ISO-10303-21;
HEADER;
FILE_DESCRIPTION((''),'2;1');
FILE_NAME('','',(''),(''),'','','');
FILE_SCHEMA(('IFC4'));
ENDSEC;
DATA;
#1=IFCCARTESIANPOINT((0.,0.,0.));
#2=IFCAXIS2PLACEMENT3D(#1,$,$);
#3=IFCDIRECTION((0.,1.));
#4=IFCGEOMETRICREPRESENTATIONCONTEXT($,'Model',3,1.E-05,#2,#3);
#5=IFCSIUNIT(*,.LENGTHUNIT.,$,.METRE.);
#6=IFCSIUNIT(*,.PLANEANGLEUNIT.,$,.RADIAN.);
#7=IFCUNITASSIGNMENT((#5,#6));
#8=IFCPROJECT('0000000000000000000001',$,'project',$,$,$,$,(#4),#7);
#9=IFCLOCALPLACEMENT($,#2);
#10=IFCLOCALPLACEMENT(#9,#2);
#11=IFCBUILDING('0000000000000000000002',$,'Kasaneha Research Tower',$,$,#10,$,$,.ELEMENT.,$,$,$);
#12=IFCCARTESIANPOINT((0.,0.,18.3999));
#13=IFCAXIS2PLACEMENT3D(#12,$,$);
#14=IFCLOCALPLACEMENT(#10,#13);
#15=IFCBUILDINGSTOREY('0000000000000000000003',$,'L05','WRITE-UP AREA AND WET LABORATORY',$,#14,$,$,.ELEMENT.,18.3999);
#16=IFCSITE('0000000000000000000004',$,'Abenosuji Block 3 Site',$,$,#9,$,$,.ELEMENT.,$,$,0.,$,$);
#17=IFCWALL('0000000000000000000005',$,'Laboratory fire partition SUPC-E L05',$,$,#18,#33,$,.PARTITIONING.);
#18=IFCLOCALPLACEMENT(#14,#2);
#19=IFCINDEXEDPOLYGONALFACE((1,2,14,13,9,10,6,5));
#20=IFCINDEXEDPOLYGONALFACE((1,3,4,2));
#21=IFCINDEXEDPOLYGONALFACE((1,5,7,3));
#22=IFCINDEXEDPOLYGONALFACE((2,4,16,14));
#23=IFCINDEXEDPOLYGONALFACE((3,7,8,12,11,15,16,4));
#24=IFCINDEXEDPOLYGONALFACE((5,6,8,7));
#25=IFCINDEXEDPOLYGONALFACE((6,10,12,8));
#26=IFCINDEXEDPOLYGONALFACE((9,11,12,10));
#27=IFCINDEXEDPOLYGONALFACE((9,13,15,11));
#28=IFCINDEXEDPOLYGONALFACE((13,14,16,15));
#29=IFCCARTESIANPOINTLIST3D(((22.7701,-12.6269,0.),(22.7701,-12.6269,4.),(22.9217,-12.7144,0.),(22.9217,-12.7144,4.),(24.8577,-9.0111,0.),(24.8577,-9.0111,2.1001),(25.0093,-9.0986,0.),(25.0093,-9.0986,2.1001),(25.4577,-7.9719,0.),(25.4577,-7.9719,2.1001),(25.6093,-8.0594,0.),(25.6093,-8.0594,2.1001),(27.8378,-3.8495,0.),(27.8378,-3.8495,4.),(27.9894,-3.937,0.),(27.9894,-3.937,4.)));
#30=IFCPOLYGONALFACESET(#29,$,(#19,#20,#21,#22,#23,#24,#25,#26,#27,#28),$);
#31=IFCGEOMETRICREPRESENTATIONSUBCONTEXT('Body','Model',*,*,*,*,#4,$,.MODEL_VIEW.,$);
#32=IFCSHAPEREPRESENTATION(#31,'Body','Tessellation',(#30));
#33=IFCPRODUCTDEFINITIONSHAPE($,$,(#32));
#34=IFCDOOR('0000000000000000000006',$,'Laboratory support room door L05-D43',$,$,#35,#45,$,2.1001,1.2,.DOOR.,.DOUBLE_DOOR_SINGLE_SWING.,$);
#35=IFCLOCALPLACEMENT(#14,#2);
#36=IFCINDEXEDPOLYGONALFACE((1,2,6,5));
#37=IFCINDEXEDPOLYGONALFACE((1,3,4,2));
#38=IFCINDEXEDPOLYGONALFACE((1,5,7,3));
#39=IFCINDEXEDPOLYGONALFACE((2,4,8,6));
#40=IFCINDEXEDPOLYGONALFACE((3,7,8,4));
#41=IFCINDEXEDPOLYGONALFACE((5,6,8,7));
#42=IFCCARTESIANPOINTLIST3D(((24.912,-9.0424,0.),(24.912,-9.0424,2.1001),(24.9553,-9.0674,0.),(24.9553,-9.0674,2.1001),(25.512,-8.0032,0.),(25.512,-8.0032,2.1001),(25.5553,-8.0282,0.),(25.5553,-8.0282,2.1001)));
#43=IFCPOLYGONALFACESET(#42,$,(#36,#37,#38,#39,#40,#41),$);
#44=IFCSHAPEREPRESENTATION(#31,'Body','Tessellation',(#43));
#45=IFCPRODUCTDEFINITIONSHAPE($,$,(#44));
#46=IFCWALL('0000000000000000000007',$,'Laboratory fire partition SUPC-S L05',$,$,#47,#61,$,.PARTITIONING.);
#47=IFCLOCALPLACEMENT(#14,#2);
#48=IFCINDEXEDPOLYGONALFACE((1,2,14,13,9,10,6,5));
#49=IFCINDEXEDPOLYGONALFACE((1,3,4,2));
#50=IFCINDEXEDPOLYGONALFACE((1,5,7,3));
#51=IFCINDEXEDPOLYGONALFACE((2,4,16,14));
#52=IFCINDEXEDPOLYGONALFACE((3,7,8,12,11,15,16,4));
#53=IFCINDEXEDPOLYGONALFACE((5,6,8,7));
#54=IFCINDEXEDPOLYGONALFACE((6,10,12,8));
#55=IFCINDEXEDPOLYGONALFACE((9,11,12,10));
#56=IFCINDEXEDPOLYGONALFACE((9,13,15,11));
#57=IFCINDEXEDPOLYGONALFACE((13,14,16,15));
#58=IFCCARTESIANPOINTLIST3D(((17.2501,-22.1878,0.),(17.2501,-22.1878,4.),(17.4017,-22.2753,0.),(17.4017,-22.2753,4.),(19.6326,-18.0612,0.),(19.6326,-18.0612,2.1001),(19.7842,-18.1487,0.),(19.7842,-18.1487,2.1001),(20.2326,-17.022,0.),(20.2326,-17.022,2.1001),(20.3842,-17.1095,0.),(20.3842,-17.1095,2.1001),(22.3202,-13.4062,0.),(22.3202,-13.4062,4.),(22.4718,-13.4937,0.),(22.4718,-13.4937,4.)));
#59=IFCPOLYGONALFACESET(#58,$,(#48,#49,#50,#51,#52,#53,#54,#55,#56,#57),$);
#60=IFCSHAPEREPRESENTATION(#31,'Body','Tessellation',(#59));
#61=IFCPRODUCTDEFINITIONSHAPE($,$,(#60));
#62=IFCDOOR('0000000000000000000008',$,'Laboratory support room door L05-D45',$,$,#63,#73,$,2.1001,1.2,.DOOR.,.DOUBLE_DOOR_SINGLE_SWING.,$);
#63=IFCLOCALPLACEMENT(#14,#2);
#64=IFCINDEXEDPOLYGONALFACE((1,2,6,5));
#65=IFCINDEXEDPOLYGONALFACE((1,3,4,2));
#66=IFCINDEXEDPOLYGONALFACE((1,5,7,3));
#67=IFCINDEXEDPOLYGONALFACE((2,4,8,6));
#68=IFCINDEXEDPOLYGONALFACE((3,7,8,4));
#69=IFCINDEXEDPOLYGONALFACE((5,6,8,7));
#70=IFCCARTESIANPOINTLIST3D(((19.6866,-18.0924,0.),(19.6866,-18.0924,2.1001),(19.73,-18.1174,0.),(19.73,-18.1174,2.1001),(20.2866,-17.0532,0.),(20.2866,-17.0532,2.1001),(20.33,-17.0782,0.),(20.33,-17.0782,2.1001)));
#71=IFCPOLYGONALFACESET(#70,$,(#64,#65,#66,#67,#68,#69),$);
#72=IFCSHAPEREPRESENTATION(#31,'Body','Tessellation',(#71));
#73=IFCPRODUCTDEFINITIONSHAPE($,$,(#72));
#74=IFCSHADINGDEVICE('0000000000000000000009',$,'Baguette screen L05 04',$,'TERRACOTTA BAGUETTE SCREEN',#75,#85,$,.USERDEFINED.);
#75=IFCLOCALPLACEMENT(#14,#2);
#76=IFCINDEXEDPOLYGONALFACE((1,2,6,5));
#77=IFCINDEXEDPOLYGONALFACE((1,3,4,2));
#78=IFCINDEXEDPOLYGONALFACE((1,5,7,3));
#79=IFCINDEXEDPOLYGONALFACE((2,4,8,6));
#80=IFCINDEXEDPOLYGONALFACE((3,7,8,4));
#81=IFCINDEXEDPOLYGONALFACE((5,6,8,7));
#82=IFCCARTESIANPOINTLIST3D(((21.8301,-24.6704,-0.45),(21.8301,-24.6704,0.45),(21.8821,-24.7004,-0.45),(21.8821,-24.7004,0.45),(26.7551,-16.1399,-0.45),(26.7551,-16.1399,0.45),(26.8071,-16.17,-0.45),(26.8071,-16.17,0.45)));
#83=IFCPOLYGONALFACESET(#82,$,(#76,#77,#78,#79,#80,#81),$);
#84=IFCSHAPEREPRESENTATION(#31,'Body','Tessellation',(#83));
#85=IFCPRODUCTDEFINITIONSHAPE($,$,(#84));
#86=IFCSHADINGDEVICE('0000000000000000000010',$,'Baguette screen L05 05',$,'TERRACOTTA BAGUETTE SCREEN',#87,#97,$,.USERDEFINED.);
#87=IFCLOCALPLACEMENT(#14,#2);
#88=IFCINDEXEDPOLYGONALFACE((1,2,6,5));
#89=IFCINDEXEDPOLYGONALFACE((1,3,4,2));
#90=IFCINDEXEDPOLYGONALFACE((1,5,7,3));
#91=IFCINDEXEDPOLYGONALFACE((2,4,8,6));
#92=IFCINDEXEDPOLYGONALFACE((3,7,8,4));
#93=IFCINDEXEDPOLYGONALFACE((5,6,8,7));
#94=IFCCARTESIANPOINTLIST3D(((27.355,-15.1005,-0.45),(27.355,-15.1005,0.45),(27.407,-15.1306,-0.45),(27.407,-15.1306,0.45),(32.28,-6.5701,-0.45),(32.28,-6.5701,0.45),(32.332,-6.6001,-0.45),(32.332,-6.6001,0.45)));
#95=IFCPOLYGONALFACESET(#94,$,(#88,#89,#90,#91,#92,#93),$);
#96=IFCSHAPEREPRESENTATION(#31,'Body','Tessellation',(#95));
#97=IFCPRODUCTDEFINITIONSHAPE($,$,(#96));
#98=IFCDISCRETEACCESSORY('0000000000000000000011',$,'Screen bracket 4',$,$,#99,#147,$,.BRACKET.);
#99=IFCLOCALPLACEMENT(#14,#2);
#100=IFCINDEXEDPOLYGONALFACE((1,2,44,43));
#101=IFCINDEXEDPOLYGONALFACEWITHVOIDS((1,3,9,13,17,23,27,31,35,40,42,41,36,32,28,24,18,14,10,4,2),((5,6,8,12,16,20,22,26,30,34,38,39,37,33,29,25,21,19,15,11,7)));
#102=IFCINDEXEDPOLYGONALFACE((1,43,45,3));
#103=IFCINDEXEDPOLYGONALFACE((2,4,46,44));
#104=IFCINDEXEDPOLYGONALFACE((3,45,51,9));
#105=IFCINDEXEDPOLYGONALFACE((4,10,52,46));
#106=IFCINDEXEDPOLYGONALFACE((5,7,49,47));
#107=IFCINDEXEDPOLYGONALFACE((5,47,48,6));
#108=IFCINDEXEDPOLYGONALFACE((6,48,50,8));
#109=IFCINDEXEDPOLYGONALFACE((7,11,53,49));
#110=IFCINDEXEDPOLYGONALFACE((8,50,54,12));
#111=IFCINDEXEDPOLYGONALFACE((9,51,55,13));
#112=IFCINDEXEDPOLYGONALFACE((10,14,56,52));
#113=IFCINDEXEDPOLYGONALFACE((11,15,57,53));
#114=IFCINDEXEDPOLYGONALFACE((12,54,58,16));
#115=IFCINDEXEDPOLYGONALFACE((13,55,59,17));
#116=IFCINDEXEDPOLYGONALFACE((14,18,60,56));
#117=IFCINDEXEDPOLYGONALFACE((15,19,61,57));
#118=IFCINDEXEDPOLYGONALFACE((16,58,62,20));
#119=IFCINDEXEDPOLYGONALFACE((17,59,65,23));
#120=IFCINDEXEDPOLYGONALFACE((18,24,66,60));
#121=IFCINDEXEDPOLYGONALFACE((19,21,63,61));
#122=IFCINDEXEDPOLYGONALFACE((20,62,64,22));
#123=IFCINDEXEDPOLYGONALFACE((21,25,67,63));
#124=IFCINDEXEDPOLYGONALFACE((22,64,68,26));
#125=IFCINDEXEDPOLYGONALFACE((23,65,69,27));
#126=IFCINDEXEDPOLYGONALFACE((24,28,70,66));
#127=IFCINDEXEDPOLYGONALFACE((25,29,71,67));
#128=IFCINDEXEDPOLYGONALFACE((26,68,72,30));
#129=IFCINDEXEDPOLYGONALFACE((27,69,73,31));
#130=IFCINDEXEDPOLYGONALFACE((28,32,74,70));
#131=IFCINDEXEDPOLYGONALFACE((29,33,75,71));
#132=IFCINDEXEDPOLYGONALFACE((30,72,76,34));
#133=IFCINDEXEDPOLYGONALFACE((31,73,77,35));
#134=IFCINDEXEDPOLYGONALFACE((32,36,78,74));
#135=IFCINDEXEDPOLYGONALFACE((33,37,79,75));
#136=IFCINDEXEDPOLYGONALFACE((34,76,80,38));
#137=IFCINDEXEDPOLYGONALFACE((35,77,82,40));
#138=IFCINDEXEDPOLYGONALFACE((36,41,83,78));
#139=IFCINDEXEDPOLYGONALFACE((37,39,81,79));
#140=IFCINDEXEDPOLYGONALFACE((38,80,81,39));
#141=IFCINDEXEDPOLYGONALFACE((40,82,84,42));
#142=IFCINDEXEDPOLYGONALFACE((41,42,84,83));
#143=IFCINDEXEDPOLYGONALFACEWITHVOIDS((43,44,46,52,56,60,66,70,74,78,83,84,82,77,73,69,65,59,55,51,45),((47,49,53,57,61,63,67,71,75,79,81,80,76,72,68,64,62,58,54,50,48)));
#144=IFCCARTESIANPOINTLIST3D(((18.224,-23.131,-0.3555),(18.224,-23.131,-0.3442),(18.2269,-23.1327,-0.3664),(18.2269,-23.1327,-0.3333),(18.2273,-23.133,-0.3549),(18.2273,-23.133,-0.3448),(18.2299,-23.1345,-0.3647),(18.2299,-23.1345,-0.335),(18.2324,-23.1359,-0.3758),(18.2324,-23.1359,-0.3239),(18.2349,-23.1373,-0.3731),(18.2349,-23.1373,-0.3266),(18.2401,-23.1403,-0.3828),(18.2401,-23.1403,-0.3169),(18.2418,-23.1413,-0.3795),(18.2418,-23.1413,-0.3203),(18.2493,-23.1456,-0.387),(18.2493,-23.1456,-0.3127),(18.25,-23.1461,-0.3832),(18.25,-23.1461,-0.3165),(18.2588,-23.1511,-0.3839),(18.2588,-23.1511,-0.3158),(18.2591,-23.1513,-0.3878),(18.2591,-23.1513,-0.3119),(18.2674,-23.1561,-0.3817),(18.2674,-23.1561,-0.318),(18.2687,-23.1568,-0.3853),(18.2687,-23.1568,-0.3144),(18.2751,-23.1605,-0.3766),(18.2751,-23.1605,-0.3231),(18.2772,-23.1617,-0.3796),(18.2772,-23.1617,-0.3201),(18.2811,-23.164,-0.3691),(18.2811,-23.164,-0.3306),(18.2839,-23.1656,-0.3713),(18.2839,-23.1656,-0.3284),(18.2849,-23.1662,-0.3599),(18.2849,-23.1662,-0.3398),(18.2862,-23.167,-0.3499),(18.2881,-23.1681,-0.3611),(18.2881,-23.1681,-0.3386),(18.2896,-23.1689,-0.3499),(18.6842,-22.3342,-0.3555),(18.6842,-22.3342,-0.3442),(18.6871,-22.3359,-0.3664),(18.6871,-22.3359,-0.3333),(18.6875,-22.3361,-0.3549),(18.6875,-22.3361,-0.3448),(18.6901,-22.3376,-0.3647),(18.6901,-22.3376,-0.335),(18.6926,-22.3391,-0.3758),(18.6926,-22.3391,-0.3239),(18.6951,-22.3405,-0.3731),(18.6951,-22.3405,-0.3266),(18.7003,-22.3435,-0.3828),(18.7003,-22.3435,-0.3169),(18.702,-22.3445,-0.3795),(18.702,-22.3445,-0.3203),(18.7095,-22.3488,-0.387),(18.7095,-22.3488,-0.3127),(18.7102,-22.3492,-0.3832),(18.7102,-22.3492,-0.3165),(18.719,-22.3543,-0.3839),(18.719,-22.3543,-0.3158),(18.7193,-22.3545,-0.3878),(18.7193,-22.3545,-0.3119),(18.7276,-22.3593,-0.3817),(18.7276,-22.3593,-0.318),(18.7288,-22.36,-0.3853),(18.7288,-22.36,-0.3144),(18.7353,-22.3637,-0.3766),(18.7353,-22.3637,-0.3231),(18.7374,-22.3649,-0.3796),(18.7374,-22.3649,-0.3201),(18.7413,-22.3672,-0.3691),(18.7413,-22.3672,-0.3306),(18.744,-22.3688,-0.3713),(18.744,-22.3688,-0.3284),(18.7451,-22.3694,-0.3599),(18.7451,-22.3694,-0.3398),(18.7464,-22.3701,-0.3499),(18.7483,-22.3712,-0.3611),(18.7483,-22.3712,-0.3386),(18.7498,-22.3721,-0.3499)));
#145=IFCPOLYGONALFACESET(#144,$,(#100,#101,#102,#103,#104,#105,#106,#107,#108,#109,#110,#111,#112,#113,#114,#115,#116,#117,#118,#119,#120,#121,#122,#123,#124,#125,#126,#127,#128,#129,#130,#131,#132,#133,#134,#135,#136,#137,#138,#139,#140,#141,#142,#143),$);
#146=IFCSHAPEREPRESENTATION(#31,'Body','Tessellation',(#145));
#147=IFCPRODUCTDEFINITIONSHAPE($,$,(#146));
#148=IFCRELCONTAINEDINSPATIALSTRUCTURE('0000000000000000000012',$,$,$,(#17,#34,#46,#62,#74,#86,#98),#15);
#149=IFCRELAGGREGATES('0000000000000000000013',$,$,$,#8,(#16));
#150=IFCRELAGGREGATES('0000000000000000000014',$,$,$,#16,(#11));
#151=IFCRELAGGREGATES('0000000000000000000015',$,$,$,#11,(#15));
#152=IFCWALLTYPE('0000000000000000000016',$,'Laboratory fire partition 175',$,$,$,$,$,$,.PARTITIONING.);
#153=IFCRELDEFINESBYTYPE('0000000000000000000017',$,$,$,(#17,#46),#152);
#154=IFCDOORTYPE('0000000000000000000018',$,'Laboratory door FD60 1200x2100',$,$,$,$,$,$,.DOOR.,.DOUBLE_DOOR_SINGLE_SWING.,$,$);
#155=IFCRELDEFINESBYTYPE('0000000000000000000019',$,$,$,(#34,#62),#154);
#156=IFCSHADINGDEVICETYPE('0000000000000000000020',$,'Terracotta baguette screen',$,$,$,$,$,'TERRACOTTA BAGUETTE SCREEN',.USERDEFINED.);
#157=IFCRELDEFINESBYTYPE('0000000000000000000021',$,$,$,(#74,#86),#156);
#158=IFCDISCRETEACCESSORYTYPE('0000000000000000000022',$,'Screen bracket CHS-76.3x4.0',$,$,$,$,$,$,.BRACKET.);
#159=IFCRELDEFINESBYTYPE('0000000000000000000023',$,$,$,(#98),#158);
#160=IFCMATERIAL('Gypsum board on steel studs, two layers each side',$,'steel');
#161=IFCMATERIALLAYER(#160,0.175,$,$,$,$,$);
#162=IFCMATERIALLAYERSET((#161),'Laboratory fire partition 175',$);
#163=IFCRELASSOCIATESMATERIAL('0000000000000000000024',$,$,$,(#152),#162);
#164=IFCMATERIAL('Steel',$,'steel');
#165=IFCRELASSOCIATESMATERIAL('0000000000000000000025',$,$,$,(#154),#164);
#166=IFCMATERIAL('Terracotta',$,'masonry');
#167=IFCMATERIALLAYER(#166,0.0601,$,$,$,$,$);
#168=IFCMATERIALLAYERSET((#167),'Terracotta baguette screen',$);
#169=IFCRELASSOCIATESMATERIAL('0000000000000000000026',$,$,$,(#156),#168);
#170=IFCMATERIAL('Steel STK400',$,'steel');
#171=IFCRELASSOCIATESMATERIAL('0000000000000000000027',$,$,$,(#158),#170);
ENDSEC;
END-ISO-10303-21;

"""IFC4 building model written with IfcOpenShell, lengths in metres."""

from ifc_helpers import new_model, si_unit, direction, frame, frame_2d, origin, origin_2d, place, context, subcontext, project, spatial, rectangle, hollow_circle, extrude, material, layer, layer_set, material_profile, profile_set, type_object, element, fill, save


model = new_model("IFC4")

# Units and contexts
model_context = context("Model", 3, precision=1e-05, world=origin(), true_north=direction((0.0, 1.0)))
body_context = subcontext(model_context, "Body", "Model", "MODEL_VIEW")
ifc_project = project(units=[si_unit("LENGTHUNIT", "METRE"), si_unit("PLANEANGLEUNIT", "RADIAN")], contexts=[model_context])

# Site, building, storey
site_placement = place(None, origin())
site = spatial("IfcSite", under=ifc_project, at=site_placement, Name="Abenosuji Block 3 Site", CompositionType="ELEMENT", RefElevation=0.0)
building_placement = place(site_placement, origin())
building = spatial("IfcBuilding", under=site, at=building_placement, Name="Kasaneha Research Tower", CompositionType="ELEMENT")
storey_placement = place(building_placement, frame((0.0, 0.0, 18.3999)))
storey = spatial("IfcBuildingStorey", under=building, at=storey_placement, Name="L05", Description="WRITE-UP AREA AND WET LABORATORY", CompositionType="ELEMENT", Elevation=18.3999)

# Walls, openings, doors
ifc_material_1 = material(Name="Gypsum board on steel studs, two layers each side", Category="steel")
ifc_layer_1 = layer(ifc_material_1, 0.175)
ifc_layer_set_1 = layer_set([ifc_layer_1], Name="Laboratory fire partition 175")
wall_type = type_object("IfcWallType", Name="Laboratory fire partition 175", PredefinedType="PARTITIONING", material=ifc_layer_set_1)
wall_1_placement = place(storey_placement, frame((22.8459, -12.6707, 0.0), z_axis=(0.0, 0.0, 1.0), x_axis=(0.500002, 0.866024, 0.0)))
wall_1 = element("IfcWall", 1, at=wall_1_placement, inside=storey, type_object=wall_type, Name="Laboratory fire partition SUPC-E L05", PredefinedType="PARTITIONING", context=body_context, shape_type="SweptSolid", body=[
    extrude(rectangle(XDim=10.1353, YDim=0.175, at=frame_2d((5.0676, 0.0))), origin(), (0.0, 0.0, 1.0), 4.0),
])
opening_1_placement = place(wall_1_placement, frame((4.175, 0.0, 0.0)))
opening_1 = element("IfcOpeningElement", 2, at=opening_1_placement, cuts=wall_1, PredefinedType="OPENING", context=body_context, shape_type="SweptSolid", body=[
    extrude(rectangle(XDim=1.2, YDim=2.1001, at=frame_2d((0.6001, 1.05))), frame((0.0, 0.0977, 0.0), z_axis=(0.0, -1.0, 0.0), x_axis=(1.0, 0.0, 0.0)), (0.0, 0.0, 1.0), 0.1951),
])
ifc_material_2 = material(Name="Steel", Category="steel")
door_type = type_object("IfcDoorType", Name="Laboratory door FD60 1200x2100", OperationType="DOUBLE_DOOR_SINGLE_SWING", PredefinedType="DOOR", material=ifc_material_2)
door_1_placement = place(opening_1_placement, origin())
door_1 = element("IfcDoor", 3, at=door_1_placement, inside=storey, type_object=door_type, Name="Laboratory support room door L05-D43", OperationType="DOUBLE_DOOR_SINGLE_SWING", OverallHeight=2.1001, OverallWidth=1.2, PredefinedType="DOOR", context=body_context, shape_type="SweptSolid", body=[
    extrude(rectangle(XDim=1.2, YDim=2.1001, at=frame_2d((0.6001, 1.05))), frame((0.0, 0.0249, 0.0), z_axis=(0.0, -1.0, 0.0), x_axis=(1.0, 0.0, 0.0)), (0.0, 0.0, 1.0), 0.05),
])
fill(opening_1, door_1)
wall_2_placement = place(storey_placement, frame((22.396, -13.45, 0.0), z_axis=(0.0, 0.0, 1.0), x_axis=(-0.500005, -0.866022, 0.0)))
wall_2 = element("IfcWall", 4, at=wall_2_placement, inside=storey, type_object=wall_type, Name="Laboratory fire partition SUPC-S L05", PredefinedType="PARTITIONING", context=body_context, shape_type="SweptSolid", body=[
    extrude(rectangle(XDim=10.1401, YDim=0.175, at=frame_2d((5.0701, 0.0))), origin(), (0.0, 0.0, 1.0), 4.0),
])
opening_2_placement = place(wall_2_placement, frame((4.175, 0.0, 0.0)))
opening_2 = element("IfcOpeningElement", 5, at=opening_2_placement, cuts=wall_2, PredefinedType="OPENING", context=body_context, shape_type="SweptSolid", body=[
    extrude(rectangle(XDim=1.2, YDim=2.1001, at=frame_2d((0.6001, 1.05))), frame((0.0, 0.0977, 0.0), z_axis=(0.0, -1.0, 0.0), x_axis=(1.0, 0.0, 0.0)), (0.0, 0.0, 1.0), 0.1951),
])
door_2_placement = place(opening_2_placement, origin())
door_2 = element("IfcDoor", 6, at=door_2_placement, inside=storey, type_object=door_type, Name="Laboratory support room door L05-D45", OperationType="DOUBLE_DOOR_SINGLE_SWING", OverallHeight=2.1001, OverallWidth=1.2, PredefinedType="DOOR", context=body_context, shape_type="SweptSolid", body=[
    extrude(rectangle(XDim=1.2, YDim=2.1001, at=frame_2d((0.6001, 1.05))), frame((0.0, 0.0249, 0.0), z_axis=(0.0, -1.0, 0.0), x_axis=(1.0, 0.0, 0.0)), (0.0, 0.0, 1.0), 0.05),
])
fill(opening_2, door_2)

# Shading devices
ifc_material_3 = material(Name="Terracotta", Category="masonry")
ifc_layer_2 = layer(ifc_material_3, 0.0601)
ifc_layer_set_2 = layer_set([ifc_layer_2], Name="Terracotta baguette screen")
shading_device_type = type_object("IfcShadingDeviceType", Name="Terracotta baguette screen", ElementType="TERRACOTTA BAGUETTE SCREEN", PredefinedType="USERDEFINED", material=ifc_layer_set_2)
for number, where, z_axis, x_axis, name in (
    (7, (24.3186, -20.4202, -0.45), (0.0, 0.0, 1.0), (0.5, 0.866025, 0.0), "Baguette screen L05 04"),
    (8, (29.8435, -10.8503, -0.45), (0.0, 0.0, 1.0), (0.5, 0.866025, 0.0), "Baguette screen L05 05"),
):
    element("IfcShadingDevice", number, at=place(storey_placement, frame(where, z_axis=z_axis, x_axis=x_axis)), inside=storey, type_object=shading_device_type, Name=name, ObjectType="TERRACOTTA BAGUETTE SCREEN", PredefinedType="USERDEFINED", context=body_context, shape_type="SweptSolid", body=[
        extrude(rectangle(XDim=9.8501, YDim=0.0601, at=origin_2d()), origin(), (0.0, 0.0, 1.0), 0.8999),
    ])

# Discrete accessory
ifc_material_4 = material(Name="Steel STK400", Category="steel")
ifc_material_profile_1 = material_profile(ifc_material_4, hollow_circle(Radius=0.0381, WallThickness=0.0039, at=origin_2d()), Name="CHS-76.3x4.0")
ifc_profile_set_1 = profile_set([ifc_material_profile_1], Name="Steel STK400")
discrete_accessory_type = type_object("IfcDiscreteAccessoryType", Name="Screen bracket CHS-76.3x4.0", PredefinedType="BRACKET", material=ifc_profile_set_1)
discrete_accessory_1_placement = place(storey_placement, frame((18.7168, -22.353, -0.3499), z_axis=(-0.500105, -0.865965, 0.0), x_axis=(0.865965, -0.500105, 0.0)))
element("IfcDiscreteAccessory", 9, at=discrete_accessory_1_placement, inside=storey, type_object=discrete_accessory_type, Name="Screen bracket 4", PredefinedType="BRACKET", context=body_context, shape_type="SweptSolid", body=[
    extrude(hollow_circle(Radius=0.0381, WallThickness=0.0039, at=origin_2d()), origin(), (0.0, 0.0, 1.0), 0.9202),
])

save(model, "model.ifc")
